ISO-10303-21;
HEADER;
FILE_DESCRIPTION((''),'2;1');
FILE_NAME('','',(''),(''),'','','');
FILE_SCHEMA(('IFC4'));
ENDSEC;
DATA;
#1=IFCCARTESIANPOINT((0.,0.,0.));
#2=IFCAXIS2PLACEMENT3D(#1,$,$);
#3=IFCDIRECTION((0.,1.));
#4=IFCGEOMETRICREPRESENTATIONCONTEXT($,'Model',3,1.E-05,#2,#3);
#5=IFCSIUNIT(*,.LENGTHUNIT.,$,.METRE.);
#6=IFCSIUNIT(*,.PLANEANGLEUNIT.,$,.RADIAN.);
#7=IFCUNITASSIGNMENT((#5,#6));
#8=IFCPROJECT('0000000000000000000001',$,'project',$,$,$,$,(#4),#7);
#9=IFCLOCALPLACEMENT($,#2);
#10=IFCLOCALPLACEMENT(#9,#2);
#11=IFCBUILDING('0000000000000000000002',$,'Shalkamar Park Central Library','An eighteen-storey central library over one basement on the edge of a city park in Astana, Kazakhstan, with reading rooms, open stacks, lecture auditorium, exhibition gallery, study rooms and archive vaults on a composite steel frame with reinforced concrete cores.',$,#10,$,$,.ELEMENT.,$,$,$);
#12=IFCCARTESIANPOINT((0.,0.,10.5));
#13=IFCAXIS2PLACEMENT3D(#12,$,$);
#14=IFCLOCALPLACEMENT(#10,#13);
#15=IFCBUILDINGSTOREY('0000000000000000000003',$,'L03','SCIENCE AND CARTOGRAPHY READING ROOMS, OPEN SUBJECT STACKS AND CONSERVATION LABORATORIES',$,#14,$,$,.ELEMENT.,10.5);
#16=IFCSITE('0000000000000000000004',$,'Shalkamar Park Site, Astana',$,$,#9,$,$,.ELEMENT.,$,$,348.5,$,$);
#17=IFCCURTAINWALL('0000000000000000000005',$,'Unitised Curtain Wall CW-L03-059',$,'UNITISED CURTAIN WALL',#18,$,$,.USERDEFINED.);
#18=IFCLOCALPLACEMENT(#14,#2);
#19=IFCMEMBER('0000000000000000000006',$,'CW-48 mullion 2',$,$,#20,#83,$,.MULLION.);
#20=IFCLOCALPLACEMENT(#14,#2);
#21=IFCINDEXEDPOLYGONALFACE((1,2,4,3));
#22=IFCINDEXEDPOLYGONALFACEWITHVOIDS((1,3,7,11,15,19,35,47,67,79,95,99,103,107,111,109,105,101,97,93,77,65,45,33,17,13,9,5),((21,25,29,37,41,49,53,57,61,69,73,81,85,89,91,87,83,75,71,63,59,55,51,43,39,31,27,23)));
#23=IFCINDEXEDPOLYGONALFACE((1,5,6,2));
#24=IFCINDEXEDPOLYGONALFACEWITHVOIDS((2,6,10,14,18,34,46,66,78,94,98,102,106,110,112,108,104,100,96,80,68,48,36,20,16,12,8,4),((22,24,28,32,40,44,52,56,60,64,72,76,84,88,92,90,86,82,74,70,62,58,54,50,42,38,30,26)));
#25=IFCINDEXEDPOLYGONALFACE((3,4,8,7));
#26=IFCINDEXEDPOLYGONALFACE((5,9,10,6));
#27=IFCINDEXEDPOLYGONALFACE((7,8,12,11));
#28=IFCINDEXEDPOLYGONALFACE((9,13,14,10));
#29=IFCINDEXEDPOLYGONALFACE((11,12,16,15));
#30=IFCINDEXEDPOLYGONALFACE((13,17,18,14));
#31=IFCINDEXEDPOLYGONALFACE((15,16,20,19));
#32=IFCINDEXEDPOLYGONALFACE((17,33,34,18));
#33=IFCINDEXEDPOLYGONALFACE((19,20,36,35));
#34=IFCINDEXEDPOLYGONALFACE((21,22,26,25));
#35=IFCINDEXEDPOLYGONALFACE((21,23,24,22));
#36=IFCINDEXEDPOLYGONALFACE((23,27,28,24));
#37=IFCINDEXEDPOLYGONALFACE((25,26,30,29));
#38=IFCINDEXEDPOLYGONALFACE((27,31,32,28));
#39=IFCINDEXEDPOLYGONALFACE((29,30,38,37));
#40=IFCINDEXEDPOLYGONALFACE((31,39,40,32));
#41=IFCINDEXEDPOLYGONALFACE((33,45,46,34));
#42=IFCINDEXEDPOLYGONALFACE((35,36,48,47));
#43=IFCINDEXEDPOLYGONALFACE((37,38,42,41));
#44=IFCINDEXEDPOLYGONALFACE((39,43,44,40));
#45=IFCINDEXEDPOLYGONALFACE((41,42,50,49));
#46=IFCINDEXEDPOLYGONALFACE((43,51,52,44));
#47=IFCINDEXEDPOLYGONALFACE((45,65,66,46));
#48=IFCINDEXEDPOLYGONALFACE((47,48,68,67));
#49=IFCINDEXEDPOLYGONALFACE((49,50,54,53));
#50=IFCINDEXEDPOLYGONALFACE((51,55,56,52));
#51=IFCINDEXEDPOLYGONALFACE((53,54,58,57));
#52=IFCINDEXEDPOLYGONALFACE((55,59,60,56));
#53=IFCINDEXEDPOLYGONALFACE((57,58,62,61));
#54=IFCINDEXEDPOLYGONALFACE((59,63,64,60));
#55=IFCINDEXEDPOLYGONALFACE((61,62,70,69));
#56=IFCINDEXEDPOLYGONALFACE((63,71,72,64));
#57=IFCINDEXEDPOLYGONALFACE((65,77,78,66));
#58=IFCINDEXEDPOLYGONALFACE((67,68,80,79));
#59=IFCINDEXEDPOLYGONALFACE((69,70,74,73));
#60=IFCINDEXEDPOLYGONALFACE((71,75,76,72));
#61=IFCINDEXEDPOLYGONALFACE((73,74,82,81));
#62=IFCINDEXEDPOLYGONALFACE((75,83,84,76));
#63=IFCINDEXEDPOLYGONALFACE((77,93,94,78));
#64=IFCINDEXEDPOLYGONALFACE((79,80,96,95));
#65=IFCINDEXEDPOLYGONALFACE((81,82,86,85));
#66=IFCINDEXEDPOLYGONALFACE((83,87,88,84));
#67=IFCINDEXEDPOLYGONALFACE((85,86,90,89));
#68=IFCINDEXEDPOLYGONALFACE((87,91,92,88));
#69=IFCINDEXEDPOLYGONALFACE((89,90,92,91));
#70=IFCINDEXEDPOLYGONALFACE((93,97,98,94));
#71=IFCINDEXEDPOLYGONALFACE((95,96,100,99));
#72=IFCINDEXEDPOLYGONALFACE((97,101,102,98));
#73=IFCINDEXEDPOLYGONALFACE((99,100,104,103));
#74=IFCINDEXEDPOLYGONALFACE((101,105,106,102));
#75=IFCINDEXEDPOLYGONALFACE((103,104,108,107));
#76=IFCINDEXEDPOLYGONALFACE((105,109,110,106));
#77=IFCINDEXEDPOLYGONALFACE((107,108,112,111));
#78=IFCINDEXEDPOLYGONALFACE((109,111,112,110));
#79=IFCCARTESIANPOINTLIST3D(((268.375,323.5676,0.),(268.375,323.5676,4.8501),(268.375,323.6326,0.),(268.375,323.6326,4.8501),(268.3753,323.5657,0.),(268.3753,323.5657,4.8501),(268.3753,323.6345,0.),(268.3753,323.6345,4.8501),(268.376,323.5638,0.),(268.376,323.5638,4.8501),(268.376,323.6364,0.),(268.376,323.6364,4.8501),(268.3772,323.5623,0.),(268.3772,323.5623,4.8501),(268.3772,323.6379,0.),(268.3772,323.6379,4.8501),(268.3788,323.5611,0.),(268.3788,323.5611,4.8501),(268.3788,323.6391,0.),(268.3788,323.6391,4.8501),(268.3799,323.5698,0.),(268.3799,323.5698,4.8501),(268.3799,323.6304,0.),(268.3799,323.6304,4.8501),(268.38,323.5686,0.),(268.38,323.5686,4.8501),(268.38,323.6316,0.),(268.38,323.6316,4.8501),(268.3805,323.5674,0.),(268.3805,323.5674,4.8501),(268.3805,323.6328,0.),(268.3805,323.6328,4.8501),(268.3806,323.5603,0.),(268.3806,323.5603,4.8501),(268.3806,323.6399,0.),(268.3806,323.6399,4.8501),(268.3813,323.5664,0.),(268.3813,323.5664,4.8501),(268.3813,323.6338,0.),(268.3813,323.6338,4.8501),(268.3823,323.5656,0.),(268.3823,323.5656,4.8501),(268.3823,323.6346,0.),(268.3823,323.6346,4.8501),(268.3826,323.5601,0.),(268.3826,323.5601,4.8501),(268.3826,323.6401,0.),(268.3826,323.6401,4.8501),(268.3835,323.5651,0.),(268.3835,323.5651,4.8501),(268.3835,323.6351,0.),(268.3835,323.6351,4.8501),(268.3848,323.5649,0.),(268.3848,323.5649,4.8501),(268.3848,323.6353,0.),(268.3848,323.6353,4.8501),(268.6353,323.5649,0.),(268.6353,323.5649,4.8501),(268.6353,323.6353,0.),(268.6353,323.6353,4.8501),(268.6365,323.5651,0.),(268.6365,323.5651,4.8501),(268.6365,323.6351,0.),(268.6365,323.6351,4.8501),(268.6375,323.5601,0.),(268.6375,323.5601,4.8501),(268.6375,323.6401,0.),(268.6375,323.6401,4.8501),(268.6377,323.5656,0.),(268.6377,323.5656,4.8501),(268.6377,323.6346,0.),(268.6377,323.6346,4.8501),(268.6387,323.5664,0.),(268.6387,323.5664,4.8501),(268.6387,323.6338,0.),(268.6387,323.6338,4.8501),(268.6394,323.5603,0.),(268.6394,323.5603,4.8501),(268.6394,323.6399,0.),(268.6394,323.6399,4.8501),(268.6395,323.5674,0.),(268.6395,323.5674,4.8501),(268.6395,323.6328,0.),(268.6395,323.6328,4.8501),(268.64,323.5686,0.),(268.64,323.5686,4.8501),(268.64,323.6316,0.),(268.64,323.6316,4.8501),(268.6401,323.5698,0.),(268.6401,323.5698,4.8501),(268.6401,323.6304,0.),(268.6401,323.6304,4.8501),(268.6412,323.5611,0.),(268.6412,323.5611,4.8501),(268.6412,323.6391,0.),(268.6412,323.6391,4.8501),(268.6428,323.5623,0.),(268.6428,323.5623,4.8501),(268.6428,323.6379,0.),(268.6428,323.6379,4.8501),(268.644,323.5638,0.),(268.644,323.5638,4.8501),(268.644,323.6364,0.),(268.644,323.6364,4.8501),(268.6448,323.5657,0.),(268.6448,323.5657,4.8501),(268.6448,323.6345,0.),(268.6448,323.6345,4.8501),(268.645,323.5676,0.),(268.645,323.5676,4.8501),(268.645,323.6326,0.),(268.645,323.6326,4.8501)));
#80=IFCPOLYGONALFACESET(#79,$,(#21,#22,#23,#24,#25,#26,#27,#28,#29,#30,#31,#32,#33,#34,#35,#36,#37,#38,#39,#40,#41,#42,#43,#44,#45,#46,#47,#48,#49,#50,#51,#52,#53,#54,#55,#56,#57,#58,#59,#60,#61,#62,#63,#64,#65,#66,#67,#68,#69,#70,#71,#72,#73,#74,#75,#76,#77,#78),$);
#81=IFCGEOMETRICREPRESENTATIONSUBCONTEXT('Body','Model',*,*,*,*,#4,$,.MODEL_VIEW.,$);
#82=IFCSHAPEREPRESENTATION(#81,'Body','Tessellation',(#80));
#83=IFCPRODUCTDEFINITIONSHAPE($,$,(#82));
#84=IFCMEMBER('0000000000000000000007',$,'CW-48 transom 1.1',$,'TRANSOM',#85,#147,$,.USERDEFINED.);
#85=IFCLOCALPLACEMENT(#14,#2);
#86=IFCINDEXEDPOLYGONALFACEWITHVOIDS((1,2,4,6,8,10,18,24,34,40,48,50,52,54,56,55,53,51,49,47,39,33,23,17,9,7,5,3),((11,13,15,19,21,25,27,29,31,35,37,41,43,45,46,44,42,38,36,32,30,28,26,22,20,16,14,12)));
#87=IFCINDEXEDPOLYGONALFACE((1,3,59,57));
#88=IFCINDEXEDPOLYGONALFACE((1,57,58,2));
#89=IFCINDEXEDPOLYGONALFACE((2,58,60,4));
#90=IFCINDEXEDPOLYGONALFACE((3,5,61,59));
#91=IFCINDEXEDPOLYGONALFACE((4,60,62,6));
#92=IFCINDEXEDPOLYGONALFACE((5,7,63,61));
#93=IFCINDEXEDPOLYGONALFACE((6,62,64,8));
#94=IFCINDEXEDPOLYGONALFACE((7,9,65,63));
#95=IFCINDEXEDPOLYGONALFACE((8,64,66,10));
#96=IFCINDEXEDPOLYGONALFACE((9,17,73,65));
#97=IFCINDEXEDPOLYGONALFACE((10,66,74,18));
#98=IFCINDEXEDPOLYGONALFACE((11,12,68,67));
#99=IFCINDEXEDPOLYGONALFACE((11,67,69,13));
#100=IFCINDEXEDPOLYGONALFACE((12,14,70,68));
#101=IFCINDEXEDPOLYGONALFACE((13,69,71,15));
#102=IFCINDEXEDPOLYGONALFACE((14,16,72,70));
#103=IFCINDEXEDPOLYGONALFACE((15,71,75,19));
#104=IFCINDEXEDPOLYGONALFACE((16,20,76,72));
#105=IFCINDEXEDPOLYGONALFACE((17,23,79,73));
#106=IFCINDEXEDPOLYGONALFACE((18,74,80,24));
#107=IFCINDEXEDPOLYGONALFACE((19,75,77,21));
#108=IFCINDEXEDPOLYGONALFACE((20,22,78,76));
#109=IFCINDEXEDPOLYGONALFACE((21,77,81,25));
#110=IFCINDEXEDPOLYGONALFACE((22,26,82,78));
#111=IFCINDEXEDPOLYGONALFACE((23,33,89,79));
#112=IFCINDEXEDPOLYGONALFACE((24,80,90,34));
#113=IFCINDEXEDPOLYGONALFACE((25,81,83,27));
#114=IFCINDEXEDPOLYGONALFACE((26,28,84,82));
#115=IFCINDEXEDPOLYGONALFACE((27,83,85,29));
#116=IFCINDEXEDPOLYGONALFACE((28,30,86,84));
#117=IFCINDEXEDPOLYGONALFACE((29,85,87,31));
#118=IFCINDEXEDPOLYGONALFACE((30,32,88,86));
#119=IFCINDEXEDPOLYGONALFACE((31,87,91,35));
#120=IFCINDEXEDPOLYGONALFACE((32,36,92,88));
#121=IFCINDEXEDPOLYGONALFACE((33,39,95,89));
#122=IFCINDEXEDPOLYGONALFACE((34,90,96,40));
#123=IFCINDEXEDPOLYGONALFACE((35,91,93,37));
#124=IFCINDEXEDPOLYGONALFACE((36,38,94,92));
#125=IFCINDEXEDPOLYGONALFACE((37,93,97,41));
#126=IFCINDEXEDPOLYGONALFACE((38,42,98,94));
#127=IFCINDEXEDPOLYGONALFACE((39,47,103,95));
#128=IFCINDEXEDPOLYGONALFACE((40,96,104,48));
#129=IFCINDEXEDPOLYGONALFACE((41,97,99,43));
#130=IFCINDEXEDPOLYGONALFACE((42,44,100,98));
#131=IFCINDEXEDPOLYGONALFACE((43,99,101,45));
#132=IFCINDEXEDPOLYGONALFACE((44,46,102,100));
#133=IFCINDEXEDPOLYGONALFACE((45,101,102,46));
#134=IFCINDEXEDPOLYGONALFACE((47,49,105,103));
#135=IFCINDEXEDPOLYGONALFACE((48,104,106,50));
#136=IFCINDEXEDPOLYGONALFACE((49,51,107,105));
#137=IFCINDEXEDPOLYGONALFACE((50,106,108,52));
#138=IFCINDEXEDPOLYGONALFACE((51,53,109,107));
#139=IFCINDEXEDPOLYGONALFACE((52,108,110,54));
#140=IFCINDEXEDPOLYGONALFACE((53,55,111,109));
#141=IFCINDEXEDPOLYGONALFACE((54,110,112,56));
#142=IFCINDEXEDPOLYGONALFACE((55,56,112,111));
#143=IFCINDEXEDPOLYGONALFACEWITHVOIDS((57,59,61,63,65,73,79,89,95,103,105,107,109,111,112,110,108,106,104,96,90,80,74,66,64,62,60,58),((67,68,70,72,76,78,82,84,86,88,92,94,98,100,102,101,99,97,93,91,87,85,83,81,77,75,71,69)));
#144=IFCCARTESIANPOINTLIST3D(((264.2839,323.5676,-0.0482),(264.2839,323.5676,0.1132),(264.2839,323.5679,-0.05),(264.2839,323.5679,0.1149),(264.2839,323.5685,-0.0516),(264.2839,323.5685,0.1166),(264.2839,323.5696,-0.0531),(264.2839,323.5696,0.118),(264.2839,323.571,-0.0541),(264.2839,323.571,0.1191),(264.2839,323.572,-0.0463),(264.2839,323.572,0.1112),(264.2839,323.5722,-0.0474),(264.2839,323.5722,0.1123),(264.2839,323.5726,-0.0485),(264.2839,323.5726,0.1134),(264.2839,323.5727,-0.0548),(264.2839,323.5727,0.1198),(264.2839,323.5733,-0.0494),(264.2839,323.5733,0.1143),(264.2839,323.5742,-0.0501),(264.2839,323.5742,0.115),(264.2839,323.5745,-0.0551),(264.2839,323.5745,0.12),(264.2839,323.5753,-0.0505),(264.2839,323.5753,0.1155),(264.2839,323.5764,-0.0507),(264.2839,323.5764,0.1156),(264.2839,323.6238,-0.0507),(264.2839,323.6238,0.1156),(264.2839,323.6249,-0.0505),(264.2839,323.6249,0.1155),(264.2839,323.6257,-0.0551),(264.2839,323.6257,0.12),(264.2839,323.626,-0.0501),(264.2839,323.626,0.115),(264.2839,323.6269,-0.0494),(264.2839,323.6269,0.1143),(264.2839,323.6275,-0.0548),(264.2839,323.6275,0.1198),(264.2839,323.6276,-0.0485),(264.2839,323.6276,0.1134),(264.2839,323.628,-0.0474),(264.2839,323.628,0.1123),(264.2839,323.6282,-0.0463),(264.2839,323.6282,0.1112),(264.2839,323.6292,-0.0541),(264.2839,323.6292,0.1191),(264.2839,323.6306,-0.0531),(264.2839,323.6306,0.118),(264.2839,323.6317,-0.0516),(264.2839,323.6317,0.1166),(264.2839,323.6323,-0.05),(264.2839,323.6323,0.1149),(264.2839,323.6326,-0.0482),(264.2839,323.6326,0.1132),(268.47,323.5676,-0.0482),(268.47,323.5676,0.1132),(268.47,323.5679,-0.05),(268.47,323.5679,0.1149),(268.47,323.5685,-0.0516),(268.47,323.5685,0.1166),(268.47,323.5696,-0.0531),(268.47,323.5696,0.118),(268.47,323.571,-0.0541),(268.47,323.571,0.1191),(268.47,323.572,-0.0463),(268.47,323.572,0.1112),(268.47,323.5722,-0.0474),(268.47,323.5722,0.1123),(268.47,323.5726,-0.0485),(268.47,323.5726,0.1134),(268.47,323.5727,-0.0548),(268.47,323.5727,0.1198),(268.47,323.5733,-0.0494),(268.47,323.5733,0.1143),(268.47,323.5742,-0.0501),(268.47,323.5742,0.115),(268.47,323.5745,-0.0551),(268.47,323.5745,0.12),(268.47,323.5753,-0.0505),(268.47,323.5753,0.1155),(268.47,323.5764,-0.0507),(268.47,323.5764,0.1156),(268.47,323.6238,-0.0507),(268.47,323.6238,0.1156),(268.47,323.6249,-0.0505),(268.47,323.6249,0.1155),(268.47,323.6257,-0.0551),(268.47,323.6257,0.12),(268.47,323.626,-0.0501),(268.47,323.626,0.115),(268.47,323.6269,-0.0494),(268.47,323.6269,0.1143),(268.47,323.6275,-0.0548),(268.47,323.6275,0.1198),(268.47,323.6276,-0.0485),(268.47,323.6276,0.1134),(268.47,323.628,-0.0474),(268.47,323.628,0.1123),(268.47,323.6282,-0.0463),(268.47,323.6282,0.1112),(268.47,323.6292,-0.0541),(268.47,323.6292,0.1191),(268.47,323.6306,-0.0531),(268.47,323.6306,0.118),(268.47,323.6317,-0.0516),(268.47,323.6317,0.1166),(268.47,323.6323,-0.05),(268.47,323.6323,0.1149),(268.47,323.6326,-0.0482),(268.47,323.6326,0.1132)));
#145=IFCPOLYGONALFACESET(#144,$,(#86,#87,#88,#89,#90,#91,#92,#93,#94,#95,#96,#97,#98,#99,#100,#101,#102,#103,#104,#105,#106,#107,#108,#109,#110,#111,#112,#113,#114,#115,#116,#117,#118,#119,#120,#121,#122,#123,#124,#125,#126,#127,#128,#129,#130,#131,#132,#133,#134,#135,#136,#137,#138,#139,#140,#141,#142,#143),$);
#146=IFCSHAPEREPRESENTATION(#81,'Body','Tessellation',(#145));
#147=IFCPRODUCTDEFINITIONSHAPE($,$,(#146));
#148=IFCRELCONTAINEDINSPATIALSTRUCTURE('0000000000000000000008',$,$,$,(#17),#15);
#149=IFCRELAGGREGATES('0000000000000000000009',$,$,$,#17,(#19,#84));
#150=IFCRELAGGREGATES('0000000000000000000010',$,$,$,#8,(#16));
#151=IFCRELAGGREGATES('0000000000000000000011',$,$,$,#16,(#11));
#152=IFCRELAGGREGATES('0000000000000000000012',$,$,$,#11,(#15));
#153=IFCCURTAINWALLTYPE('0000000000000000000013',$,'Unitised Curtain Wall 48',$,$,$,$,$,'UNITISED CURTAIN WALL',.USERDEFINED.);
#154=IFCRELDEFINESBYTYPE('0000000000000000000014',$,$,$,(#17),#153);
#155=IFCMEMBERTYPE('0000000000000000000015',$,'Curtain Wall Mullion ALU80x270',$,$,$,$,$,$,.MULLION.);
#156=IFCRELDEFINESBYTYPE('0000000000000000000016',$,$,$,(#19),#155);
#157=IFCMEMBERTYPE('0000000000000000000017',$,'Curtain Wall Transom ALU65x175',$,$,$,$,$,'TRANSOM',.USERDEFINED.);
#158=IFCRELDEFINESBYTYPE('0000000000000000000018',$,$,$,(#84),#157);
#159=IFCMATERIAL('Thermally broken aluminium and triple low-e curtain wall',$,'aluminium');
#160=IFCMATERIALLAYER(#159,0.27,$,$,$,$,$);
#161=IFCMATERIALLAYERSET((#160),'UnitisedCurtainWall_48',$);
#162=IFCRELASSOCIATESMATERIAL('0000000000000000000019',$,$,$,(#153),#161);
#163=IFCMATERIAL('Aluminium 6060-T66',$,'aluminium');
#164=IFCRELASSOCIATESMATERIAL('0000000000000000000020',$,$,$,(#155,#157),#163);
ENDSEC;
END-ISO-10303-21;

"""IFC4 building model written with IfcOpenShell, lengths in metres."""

from ifc_helpers import new_model, si_unit, direction, frame, origin, origin_2d, place, context, subcontext, project, spatial, hollow_rectangle, extrude, material, layer, layer_set, material_profile, profile_set, type_object, element, aggregate, save


model = new_model("IFC4")

# Units and contexts
model_context = context("Model", 3, precision=1e-05, world=origin(), true_north=direction((0.0, 1.0)))
body_context = subcontext(model_context, "Body", "Model", "MODEL_VIEW")
ifc_project = project(units=[si_unit("LENGTHUNIT", "METRE"), si_unit("PLANEANGLEUNIT", "RADIAN")], contexts=[model_context])

# Site, building, storey
site_placement = place(None, origin())
site = spatial("IfcSite", under=ifc_project, at=site_placement, Name="Shalkamar Park Site, Astana", CompositionType="ELEMENT", RefElevation=348.5)
building_placement = place(site_placement, origin())
building = spatial("IfcBuilding", under=site, at=building_placement, Name="Shalkamar Park Central Library", Description="An eighteen-storey central library over one basement on the edge of a city park in Astana, Kazakhstan, with reading rooms, open stacks, lecture auditorium, exhibition gallery, study rooms and archive vaults on a composite steel frame with reinforced concrete cores.", CompositionType="ELEMENT")
storey_placement = place(building_placement, frame((0.0, 0.0, 10.5)))
storey = spatial("IfcBuildingStorey", under=building, at=storey_placement, Name="L03", Description="SCIENCE AND CARTOGRAPHY READING ROOMS, OPEN SUBJECT STACKS AND CONSERVATION LABORATORIES", CompositionType="ELEMENT", Elevation=10.5)

# Shared definitions
ifc_material_1 = material(Name="Thermally broken aluminium and triple low-e curtain wall", Category="aluminium")
ifc_material_2 = material(Name="Aluminium 6060-T66", Category="aluminium")

# Curtain wall, members
ifc_layer_1 = layer(ifc_material_1, 0.27)
ifc_layer_set_1 = layer_set([ifc_layer_1], Name="UnitisedCurtainWall_48")
curtain_wall_type_1 = type_object("IfcCurtainWallType", Name="Unitised Curtain Wall 48", ElementType="UNITISED CURTAIN WALL", PredefinedType="USERDEFINED", material=ifc_layer_set_1)
curtain_wall_1_placement = place(storey_placement, origin())
curtain_wall_1 = element("IfcCurtainWall", 1, at=curtain_wall_1_placement, inside=storey, type_object=curtain_wall_type_1, Name="Unitised Curtain Wall CW-L03-059", ObjectType="UNITISED CURTAIN WALL", PredefinedType="USERDEFINED")
ifc_material_profile_1 = material_profile(ifc_material_2, hollow_rectangle(XDim=0.0801, YDim=0.27, WallThickness=0.0049, InnerFilletRadius=0.0049, OuterFilletRadius=0.0076, at=origin_2d()), Name="ALU 80x270x5")
ifc_profile_set_1 = profile_set([ifc_material_profile_1], Name="Aluminium 6060-T66")
member_type_1 = type_object("IfcMemberType", Name="Curtain Wall Mullion ALU80x270", PredefinedType="MULLION", material=ifc_profile_set_1)
member_1_placement = place(storey_placement, frame((268.51, 323.6001, 0.0), z_axis=(0.0, 0.0, 1.0), x_axis=(0.0, 1.0, 0.0)))
member_1 = element("IfcMember", 2, at=member_1_placement, type_object=member_type_1, Name="CW-48 mullion 2", PredefinedType="MULLION", context=body_context, shape_type="SweptSolid", body=[
    extrude(hollow_rectangle(XDim=0.0801, YDim=0.27, WallThickness=0.0049, InnerFilletRadius=0.0049, OuterFilletRadius=0.0076, at=origin_2d()), origin(), (0.0, 0.0, 1.0), 4.8501),
])
ifc_material_profile_2 = material_profile(ifc_material_2, hollow_rectangle(XDim=0.0649, YDim=0.175, WallThickness=0.0044, InnerFilletRadius=0.0044, OuterFilletRadius=0.0068, at=origin_2d()), Name="ALU 65x175x4.5")
ifc_profile_set_2 = profile_set([ifc_material_profile_2], Name="Aluminium 6060-T66")
member_type_2 = type_object("IfcMemberType", Name="Curtain Wall Transom ALU65x175", ElementType="TRANSOM", PredefinedType="USERDEFINED", material=ifc_profile_set_2)
member_2_placement = place(storey_placement, frame((264.2839, 323.6001, 0.0325), z_axis=(1.0, 0.0, 0.0), x_axis=(0.0, 1.0, 0.0)))
member_2 = element("IfcMember", 3, at=member_2_placement, type_object=member_type_2, Name="CW-48 transom 1.1", ObjectType="TRANSOM", PredefinedType="USERDEFINED", context=body_context, shape_type="SweptSolid", body=[
    extrude(hollow_rectangle(XDim=0.0649, YDim=0.175, WallThickness=0.0044, InnerFilletRadius=0.0044, OuterFilletRadius=0.0068, at=origin_2d()), origin(), (0.0, 0.0, 1.0), 4.186),
])

aggregate(curtain_wall_1, [member_1, member_2])

save(model, "model.ifc")
